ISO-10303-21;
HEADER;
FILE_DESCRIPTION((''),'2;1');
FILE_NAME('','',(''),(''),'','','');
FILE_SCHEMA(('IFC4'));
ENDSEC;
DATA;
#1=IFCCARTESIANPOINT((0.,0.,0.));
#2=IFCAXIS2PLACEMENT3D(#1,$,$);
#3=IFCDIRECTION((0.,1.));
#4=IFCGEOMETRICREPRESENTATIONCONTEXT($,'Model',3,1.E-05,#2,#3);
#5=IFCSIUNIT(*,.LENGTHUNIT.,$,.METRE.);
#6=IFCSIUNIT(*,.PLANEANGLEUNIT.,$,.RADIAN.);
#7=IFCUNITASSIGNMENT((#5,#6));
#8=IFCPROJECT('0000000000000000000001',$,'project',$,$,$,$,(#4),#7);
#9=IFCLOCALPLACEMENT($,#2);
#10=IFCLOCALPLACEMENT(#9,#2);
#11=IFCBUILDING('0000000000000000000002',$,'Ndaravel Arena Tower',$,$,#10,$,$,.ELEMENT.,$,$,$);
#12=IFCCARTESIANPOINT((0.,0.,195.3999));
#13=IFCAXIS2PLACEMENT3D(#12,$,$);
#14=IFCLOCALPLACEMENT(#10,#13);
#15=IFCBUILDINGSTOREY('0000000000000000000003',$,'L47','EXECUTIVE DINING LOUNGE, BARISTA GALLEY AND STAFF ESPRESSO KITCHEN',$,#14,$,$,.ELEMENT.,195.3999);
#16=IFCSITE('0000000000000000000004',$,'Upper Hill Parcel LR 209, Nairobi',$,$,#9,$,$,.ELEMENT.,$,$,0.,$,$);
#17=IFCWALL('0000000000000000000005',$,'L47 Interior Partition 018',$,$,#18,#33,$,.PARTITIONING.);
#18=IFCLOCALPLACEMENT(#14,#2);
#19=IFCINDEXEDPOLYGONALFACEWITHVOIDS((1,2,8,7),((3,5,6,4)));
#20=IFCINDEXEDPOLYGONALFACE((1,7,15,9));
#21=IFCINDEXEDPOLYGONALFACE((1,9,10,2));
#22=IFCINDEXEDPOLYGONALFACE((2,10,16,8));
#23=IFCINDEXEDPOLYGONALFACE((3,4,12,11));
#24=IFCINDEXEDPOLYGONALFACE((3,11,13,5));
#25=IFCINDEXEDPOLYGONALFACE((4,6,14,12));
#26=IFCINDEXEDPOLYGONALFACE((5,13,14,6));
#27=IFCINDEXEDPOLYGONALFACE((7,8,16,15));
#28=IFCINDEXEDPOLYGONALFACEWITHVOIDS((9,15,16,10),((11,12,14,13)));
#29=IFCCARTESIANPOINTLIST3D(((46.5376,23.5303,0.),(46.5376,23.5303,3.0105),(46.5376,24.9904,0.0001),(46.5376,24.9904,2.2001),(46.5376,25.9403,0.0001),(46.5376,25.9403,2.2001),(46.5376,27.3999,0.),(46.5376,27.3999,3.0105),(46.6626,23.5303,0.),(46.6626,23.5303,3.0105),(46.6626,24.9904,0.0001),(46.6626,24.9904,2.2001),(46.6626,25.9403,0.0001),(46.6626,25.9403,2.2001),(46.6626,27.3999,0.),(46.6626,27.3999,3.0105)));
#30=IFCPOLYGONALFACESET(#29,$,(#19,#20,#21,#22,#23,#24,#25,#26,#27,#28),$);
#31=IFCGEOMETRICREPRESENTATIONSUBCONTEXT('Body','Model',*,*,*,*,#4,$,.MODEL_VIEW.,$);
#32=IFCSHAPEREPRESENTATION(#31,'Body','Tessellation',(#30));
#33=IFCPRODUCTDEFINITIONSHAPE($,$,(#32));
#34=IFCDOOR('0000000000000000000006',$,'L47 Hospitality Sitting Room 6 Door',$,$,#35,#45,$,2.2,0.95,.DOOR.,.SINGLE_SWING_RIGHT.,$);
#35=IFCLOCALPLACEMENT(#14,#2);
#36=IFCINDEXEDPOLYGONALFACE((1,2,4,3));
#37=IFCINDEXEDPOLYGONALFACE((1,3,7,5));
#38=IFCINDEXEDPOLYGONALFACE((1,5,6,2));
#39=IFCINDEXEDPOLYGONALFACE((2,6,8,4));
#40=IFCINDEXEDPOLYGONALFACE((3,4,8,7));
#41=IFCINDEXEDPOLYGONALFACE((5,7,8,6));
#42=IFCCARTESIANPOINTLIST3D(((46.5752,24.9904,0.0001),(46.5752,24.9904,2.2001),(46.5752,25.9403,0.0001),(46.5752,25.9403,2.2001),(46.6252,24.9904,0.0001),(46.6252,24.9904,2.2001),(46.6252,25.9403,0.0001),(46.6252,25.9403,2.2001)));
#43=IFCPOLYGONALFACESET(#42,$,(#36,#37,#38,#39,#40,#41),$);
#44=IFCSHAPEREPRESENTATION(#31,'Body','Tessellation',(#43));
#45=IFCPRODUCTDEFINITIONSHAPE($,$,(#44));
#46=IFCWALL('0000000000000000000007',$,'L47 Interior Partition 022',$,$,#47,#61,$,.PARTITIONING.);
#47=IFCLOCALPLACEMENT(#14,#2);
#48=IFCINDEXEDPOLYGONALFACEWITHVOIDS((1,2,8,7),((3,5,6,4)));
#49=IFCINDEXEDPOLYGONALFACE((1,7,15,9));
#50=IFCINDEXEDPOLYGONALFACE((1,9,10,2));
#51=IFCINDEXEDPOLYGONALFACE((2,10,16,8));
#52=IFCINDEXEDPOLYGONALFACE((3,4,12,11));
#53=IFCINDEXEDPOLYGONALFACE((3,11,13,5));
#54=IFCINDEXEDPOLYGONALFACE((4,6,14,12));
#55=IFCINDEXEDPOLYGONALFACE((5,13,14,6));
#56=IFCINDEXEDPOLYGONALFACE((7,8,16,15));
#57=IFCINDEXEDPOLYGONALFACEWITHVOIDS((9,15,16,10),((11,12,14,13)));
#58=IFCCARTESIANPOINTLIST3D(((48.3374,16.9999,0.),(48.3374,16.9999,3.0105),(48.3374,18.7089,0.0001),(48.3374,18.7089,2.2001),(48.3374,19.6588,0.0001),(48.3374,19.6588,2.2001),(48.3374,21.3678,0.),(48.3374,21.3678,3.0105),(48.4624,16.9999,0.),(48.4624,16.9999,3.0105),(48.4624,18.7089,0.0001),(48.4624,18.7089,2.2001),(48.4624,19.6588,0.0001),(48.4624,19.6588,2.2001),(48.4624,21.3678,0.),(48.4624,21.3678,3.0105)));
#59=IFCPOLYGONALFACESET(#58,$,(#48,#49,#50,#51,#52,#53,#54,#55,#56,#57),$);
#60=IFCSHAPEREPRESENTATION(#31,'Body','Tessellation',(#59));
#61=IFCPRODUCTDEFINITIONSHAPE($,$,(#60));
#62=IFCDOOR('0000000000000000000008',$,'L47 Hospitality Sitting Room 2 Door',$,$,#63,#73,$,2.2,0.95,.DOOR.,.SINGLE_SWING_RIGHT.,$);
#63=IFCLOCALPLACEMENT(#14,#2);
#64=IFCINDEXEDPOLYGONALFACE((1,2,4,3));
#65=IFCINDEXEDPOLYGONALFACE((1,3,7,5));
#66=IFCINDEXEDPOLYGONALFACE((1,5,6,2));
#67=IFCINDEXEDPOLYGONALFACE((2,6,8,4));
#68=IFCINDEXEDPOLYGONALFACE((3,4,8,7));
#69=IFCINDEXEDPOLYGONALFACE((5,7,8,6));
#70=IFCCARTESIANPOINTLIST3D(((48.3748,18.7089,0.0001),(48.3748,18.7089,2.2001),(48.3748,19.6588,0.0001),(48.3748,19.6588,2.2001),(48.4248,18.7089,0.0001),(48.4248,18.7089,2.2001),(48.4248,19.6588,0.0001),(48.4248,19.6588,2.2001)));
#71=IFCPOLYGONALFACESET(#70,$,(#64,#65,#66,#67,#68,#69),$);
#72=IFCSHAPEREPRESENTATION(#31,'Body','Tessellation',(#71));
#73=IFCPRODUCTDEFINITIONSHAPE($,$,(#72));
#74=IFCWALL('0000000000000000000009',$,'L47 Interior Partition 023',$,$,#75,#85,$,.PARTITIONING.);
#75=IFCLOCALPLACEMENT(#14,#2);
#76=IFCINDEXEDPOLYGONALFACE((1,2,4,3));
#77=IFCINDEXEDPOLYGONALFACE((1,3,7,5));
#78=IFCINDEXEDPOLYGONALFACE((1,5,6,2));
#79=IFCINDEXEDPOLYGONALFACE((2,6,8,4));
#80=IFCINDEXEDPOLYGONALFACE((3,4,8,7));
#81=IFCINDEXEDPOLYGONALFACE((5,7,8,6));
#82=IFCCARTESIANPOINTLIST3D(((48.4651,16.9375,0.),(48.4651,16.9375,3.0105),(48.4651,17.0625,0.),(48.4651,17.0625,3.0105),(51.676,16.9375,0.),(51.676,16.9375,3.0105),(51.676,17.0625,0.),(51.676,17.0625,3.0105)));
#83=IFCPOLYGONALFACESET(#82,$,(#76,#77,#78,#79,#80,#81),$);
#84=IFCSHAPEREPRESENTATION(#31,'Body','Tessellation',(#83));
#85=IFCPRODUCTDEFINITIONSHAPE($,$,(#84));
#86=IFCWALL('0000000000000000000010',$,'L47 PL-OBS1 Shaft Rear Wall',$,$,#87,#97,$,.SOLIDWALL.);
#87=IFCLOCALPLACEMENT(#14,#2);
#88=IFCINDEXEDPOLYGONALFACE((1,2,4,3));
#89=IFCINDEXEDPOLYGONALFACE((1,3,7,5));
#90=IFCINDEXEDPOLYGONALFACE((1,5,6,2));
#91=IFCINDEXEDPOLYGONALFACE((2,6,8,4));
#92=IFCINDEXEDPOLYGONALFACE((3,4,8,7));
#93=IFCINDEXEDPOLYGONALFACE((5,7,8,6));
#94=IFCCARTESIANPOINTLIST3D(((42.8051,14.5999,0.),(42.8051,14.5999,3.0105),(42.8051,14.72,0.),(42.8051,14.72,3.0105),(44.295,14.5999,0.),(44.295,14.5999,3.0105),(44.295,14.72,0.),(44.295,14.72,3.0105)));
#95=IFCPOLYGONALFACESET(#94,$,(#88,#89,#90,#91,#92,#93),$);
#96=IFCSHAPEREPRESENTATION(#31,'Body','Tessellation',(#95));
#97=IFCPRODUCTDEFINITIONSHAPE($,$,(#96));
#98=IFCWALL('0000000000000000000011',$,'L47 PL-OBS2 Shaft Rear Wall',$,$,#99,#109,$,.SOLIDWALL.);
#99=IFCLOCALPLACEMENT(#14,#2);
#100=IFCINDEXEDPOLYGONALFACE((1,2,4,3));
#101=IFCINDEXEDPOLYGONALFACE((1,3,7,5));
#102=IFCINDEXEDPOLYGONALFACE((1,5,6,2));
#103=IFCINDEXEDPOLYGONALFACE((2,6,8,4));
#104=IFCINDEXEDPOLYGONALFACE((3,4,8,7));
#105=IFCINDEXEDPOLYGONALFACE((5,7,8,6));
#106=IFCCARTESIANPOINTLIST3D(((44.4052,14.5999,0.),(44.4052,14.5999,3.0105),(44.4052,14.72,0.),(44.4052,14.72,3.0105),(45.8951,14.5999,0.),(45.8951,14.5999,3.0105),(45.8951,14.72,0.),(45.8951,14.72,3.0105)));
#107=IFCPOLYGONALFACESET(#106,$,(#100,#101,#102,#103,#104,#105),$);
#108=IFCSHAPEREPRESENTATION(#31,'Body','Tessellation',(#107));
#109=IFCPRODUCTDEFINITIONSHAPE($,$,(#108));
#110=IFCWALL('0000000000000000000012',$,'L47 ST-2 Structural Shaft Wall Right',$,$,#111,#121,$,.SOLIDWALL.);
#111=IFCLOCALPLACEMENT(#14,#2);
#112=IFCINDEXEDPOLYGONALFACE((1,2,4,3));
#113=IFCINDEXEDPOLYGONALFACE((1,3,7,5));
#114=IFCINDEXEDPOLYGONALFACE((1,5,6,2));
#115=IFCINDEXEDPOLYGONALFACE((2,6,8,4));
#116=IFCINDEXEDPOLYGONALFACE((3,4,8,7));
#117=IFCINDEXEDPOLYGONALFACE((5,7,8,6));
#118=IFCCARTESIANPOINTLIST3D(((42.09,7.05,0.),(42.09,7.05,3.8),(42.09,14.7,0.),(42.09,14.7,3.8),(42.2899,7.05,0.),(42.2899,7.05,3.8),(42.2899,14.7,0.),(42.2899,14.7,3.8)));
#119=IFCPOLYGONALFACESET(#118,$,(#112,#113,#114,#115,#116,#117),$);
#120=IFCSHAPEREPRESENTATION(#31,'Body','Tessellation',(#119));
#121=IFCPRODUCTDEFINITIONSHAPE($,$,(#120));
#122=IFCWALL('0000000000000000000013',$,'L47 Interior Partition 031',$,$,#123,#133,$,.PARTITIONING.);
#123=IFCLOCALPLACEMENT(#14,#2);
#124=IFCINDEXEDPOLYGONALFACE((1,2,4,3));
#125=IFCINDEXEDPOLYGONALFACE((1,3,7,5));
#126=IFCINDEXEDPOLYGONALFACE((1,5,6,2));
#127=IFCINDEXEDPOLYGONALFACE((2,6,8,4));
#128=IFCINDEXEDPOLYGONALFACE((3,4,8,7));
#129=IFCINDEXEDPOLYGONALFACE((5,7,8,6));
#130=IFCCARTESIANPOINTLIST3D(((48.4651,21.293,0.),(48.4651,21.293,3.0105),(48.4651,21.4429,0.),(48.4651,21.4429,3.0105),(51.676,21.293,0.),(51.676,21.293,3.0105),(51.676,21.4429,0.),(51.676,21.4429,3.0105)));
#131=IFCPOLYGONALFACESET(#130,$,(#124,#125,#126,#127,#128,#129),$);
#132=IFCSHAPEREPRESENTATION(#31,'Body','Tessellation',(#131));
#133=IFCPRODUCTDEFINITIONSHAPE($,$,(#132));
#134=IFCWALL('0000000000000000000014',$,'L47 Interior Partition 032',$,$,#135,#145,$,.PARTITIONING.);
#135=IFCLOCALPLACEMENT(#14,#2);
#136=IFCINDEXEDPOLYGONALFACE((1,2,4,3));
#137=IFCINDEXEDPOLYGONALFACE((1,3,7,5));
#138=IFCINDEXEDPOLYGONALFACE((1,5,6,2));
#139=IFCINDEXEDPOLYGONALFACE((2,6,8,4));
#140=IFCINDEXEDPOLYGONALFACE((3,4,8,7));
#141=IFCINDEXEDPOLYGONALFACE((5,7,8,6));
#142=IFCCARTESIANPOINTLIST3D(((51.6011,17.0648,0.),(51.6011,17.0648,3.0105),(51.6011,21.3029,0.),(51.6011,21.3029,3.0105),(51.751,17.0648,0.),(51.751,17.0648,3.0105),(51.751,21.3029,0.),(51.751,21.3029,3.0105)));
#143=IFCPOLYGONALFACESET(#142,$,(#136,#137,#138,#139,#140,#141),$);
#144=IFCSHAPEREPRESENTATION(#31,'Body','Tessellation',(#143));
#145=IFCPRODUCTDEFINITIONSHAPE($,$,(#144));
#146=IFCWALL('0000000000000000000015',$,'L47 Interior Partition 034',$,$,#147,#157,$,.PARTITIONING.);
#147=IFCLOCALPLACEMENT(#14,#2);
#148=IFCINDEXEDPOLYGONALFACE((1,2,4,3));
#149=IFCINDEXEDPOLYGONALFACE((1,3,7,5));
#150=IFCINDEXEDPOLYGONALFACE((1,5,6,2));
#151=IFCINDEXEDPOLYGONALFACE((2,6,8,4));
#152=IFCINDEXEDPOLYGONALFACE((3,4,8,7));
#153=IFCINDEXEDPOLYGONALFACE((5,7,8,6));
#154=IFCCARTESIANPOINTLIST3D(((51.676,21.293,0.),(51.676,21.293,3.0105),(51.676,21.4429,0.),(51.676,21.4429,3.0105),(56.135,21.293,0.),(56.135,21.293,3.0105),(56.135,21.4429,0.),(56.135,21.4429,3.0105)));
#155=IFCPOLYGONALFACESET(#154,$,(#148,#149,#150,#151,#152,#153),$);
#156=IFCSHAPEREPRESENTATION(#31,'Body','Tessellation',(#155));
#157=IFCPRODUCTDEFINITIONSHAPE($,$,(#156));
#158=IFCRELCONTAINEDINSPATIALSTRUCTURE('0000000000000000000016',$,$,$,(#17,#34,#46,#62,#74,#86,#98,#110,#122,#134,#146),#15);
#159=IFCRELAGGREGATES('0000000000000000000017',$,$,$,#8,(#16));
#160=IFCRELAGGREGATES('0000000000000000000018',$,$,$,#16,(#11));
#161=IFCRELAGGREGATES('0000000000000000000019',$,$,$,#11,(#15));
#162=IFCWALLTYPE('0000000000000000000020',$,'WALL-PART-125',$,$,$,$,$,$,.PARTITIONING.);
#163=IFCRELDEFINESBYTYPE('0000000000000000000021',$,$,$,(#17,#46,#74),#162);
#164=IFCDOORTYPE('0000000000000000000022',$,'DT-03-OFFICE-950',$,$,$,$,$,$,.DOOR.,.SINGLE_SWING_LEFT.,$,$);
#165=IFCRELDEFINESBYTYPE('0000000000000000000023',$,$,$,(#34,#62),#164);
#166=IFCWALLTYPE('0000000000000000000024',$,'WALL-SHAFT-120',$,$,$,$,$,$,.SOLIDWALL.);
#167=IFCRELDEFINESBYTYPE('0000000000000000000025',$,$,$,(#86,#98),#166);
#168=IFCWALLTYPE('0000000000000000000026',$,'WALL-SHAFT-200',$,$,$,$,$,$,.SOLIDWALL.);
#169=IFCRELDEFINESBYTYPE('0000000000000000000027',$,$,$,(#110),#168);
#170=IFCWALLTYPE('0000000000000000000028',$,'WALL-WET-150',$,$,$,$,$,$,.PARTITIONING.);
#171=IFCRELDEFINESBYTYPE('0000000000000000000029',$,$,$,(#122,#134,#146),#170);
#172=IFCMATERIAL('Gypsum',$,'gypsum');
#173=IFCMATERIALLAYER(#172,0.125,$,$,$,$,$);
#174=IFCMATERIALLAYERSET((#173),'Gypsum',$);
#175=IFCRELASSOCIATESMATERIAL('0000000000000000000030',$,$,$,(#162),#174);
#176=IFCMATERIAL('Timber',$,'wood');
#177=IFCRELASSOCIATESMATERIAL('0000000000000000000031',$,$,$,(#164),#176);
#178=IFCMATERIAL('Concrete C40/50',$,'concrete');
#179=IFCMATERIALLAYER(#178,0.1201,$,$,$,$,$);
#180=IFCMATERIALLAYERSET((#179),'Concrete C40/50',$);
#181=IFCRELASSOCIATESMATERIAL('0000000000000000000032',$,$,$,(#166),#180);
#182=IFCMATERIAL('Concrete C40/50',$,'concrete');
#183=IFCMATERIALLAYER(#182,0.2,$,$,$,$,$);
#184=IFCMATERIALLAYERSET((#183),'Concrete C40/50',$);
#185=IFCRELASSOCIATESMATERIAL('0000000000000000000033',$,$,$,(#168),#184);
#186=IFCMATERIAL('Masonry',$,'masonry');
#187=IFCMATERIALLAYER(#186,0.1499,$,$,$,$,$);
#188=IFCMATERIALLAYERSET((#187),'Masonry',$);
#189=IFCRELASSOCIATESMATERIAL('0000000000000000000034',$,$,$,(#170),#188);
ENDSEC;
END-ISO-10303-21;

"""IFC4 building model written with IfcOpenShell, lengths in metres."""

from ifc_helpers import new_model, si_unit, direction, frame, frame_2d, origin, place, context, subcontext, project, spatial, rectangle, extrude, material, layer, layer_set, type_object, element, fill, save


model = new_model("IFC4")

# Units and contexts
model_context = context("Model", 3, precision=1e-05, world=origin(), true_north=direction((0.0, 1.0)))
body_context = subcontext(model_context, "Body", "Model", "MODEL_VIEW")
ifc_project = project(units=[si_unit("LENGTHUNIT", "METRE"), si_unit("PLANEANGLEUNIT", "RADIAN")], contexts=[model_context])

# Site, building, storey
site_placement = place(None, origin())
site = spatial("IfcSite", under=ifc_project, at=site_placement, Name="Upper Hill Parcel LR 209, Nairobi", CompositionType="ELEMENT", RefElevation=0.0)
building_placement = place(site_placement, origin())
building = spatial("IfcBuilding", under=site, at=building_placement, Name="Ndaravel Arena Tower", CompositionType="ELEMENT")
storey_placement = place(building_placement, frame((0.0, 0.0, 195.3999)))
storey = spatial("IfcBuildingStorey", under=building, at=storey_placement, Name="L47", Description="EXECUTIVE DINING LOUNGE, BARISTA GALLEY AND STAFF ESPRESSO KITCHEN", CompositionType="ELEMENT", Elevation=195.3999)

# Shared definitions
ifc_material_1 = material(Name="Gypsum", Category="gypsum")
ifc_layer_1 = layer(ifc_material_1, 0.125)
ifc_layer_set_1 = layer_set([ifc_layer_1], Name="Gypsum")
wall_type_1 = type_object("IfcWallType", Name="WALL-PART-125", PredefinedType="PARTITIONING", material=ifc_layer_set_1)

# Walls, openings, doors
wall_1_placement = place(storey_placement, frame((46.6001, 23.5303, 0.0), z_axis=(0.0, 0.0, 1.0), x_axis=(0.0, 1.0, 0.0)))
wall_1 = element("IfcWall", 1, at=wall_1_placement, inside=storey, type_object=wall_type_1, Name="L47 Interior Partition 018", PredefinedType="PARTITIONING", context=body_context, shape_type="SweptSolid", body=[
    extrude(rectangle(XDim=3.8696, YDim=0.125, at=frame_2d((1.9348, 0.0))), origin(), (0.0, 0.0, 1.0), 3.0105),
])
opening_1_placement = place(wall_1_placement, frame((1.46, 0.0, 0.0)))
opening_1 = element("IfcOpeningElement", 2, at=opening_1_placement, cuts=wall_1, PredefinedType="OPENING", context=body_context, shape_type="SweptSolid", body=[
    extrude(rectangle(XDim=0.95, YDim=2.2, at=frame_2d((0.4751, 1.1001))), frame((0.0, 0.0625, 0.0), z_axis=(0.0, -1.0, 0.0), x_axis=(1.0, 0.0, 0.0)), (0.0, 0.0, 1.0), 0.125),
])
ifc_material_2 = material(Name="Timber", Category="wood")
door_type_1 = type_object("IfcDoorType", Name="DT-03-OFFICE-950", OperationType="SINGLE_SWING_LEFT", PredefinedType="DOOR", material=ifc_material_2)
door_1_placement = place(opening_1_placement, origin())
door_1 = element("IfcDoor", 3, at=door_1_placement, inside=storey, type_object=door_type_1, Name="L47 Hospitality Sitting Room 6 Door", OperationType="SINGLE_SWING_RIGHT", OverallHeight=2.2, OverallWidth=0.95, PredefinedType="DOOR", context=body_context, shape_type="SweptSolid", body=[
    extrude(rectangle(XDim=0.95, YDim=2.2, at=frame_2d((0.4751, 1.1001))), frame((0.0, 0.0249, 0.0), z_axis=(0.0, -1.0, 0.0), x_axis=(1.0, 0.0, 0.0)), (0.0, 0.0, 1.0), 0.05),
])
fill(opening_1, door_1)
wall_2_placement = place(storey_placement, frame((48.3999, 21.3679, 0.0), z_axis=(0.0, 0.0, 1.0), x_axis=(0.0, -1.0, 0.0)))
wall_2 = element("IfcWall", 4, at=wall_2_placement, inside=storey, type_object=wall_type_1, Name="L47 Interior Partition 022", PredefinedType="PARTITIONING", context=body_context, shape_type="SweptSolid", body=[
    extrude(rectangle(XDim=4.3679, YDim=0.125, at=frame_2d((2.1841, 0.0))), origin(), (0.0, 0.0, 1.0), 3.0105),
])
opening_2_placement = place(wall_2_placement, frame((1.709, 0.0, 0.0)))
opening_2 = element("IfcOpeningElement", 5, at=opening_2_placement, cuts=wall_2, PredefinedType="OPENING", context=body_context, shape_type="SweptSolid", body=[
    extrude(rectangle(XDim=0.95, YDim=2.2, at=frame_2d((0.4751, 1.1001))), frame((0.0, 0.0625, 0.0), z_axis=(0.0, -1.0, 0.0), x_axis=(1.0, 0.0, 0.0)), (0.0, 0.0, 1.0), 0.125),
])
door_2_placement = place(opening_2_placement, origin())
door_2 = element("IfcDoor", 6, at=door_2_placement, inside=storey, type_object=door_type_1, Name="L47 Hospitality Sitting Room 2 Door", OperationType="SINGLE_SWING_RIGHT", OverallHeight=2.2, OverallWidth=0.95, PredefinedType="DOOR", context=body_context, shape_type="SweptSolid", body=[
    extrude(rectangle(XDim=0.95, YDim=2.2, at=frame_2d((0.4751, 1.1001))), frame((0.0, 0.0249, 0.0), z_axis=(0.0, -1.0, 0.0), x_axis=(1.0, 0.0, 0.0)), (0.0, 0.0, 1.0), 0.05),
])
fill(opening_2, door_2)

# Walls
wall_3_placement = place(storey_placement, frame((48.4651, 17.0, 0.0), z_axis=(0.0, 0.0, 1.0), x_axis=(1.0, 0.0, 0.0)))
element("IfcWall", 7, at=wall_3_placement, inside=storey, type_object=wall_type_1, Name="L47 Interior Partition 023", PredefinedType="PARTITIONING", context=body_context, shape_type="SweptSolid", body=[
    extrude(rectangle(XDim=3.2109, YDim=0.125, at=frame_2d((1.6055, 0.0))), origin(), (0.0, 0.0, 1.0), 3.0105),
])
ifc_material_3 = material(Name="Concrete C40/50", Category="concrete")
ifc_layer_2 = layer(ifc_material_3, 0.1201)
ifc_layer_set_2 = layer_set([ifc_layer_2], Name="Concrete C40/50")
wall_type_2 = type_object("IfcWallType", Name="WALL-SHAFT-120", PredefinedType="SOLIDWALL", material=ifc_layer_set_2)
for number, where, z_axis, x_axis, name in (
    (8, (42.8049, 14.6599, 0.0), (0.0, 0.0, 1.0), (1.0, 0.0, 0.0), "L47 PL-OBS1 Shaft Rear Wall"),
    (9, (44.405, 14.6599, 0.0), (0.0, 0.0, 1.0), (1.0, 0.0, 0.0), "L47 PL-OBS2 Shaft Rear Wall"),
):
    element("IfcWall", number, at=place(storey_placement, frame(where, z_axis=z_axis, x_axis=x_axis)), inside=storey, type_object=wall_type_2, Name=name, PredefinedType="SOLIDWALL", context=body_context, shape_type="SweptSolid", body=[
        extrude(rectangle(XDim=1.49, YDim=0.1201, at=frame_2d((0.7451, 0.0))), origin(), (0.0, 0.0, 1.0), 3.0105),
    ])
ifc_material_4 = material(Name="Concrete C40/50", Category="concrete")
ifc_layer_3 = layer(ifc_material_4, 0.2)
ifc_layer_set_3 = layer_set([ifc_layer_3], Name="Concrete C40/50")
wall_type_3 = type_object("IfcWallType", Name="WALL-SHAFT-200", PredefinedType="SOLIDWALL", material=ifc_layer_set_3)
wall_4_placement = place(storey_placement, frame((42.1899, 14.7, 0.0), z_axis=(0.0, 0.0, 1.0), x_axis=(0.0, -1.0, 0.0)))
element("IfcWall", 10, at=wall_4_placement, inside=storey, type_object=wall_type_3, Name="L47 ST-2 Structural Shaft Wall Right", PredefinedType="SOLIDWALL", context=body_context, shape_type="SweptSolid", body=[
    extrude(rectangle(XDim=7.6499, YDim=0.2, at=frame_2d((3.825, 0.0))), origin(), (0.0, 0.0, 1.0), 3.8),
])

# Shared definitions
ifc_material_5 = material(Name="Masonry", Category="masonry")
ifc_layer_4 = layer(ifc_material_5, 0.1499)
ifc_layer_set_4 = layer_set([ifc_layer_4], Name="Masonry")
wall_type_4 = type_object("IfcWallType", Name="WALL-WET-150", PredefinedType="PARTITIONING", material=ifc_layer_set_4)

# Walls
wall_5_placement = place(storey_placement, frame((48.4651, 21.3679, 0.0), z_axis=(0.0, 0.0, 1.0), x_axis=(1.0, 0.0, 0.0)))
element("IfcWall", 11, at=wall_5_placement, inside=storey, type_object=wall_type_4, Name="L47 Interior Partition 031", PredefinedType="PARTITIONING", context=body_context, shape_type="SweptSolid", body=[
    extrude(rectangle(XDim=3.2109, YDim=0.1499, at=frame_2d((1.6055, 0.0))), origin(), (0.0, 0.0, 1.0), 3.0105),
])
wall_6_placement = place(storey_placement, frame((51.676, 21.303, 0.0), z_axis=(0.0, 0.0, 1.0), x_axis=(0.0, -1.0, 0.0)))
element("IfcWall", 12, at=wall_6_placement, inside=storey, type_object=wall_type_4, Name="L47 Interior Partition 032", PredefinedType="PARTITIONING", context=body_context, shape_type="SweptSolid", body=[
    extrude(rectangle(XDim=4.238, YDim=0.1499, at=frame_2d((2.1191, 0.0))), origin(), (0.0, 0.0, 1.0), 3.0105),
])
wall_7_placement = place(storey_placement, frame((51.676, 21.3679, 0.0), z_axis=(0.0, 0.0, 1.0), x_axis=(1.0, 0.0, 0.0)))
element("IfcWall", 13, at=wall_7_placement, inside=storey, type_object=wall_type_4, Name="L47 Interior Partition 034", PredefinedType="PARTITIONING", context=body_context, shape_type="SweptSolid", body=[
    extrude(rectangle(XDim=4.459, YDim=0.1499, at=frame_2d((2.2295, 0.0))), origin(), (0.0, 0.0, 1.0), 3.0105),
])

save(model, "model.ifc")
